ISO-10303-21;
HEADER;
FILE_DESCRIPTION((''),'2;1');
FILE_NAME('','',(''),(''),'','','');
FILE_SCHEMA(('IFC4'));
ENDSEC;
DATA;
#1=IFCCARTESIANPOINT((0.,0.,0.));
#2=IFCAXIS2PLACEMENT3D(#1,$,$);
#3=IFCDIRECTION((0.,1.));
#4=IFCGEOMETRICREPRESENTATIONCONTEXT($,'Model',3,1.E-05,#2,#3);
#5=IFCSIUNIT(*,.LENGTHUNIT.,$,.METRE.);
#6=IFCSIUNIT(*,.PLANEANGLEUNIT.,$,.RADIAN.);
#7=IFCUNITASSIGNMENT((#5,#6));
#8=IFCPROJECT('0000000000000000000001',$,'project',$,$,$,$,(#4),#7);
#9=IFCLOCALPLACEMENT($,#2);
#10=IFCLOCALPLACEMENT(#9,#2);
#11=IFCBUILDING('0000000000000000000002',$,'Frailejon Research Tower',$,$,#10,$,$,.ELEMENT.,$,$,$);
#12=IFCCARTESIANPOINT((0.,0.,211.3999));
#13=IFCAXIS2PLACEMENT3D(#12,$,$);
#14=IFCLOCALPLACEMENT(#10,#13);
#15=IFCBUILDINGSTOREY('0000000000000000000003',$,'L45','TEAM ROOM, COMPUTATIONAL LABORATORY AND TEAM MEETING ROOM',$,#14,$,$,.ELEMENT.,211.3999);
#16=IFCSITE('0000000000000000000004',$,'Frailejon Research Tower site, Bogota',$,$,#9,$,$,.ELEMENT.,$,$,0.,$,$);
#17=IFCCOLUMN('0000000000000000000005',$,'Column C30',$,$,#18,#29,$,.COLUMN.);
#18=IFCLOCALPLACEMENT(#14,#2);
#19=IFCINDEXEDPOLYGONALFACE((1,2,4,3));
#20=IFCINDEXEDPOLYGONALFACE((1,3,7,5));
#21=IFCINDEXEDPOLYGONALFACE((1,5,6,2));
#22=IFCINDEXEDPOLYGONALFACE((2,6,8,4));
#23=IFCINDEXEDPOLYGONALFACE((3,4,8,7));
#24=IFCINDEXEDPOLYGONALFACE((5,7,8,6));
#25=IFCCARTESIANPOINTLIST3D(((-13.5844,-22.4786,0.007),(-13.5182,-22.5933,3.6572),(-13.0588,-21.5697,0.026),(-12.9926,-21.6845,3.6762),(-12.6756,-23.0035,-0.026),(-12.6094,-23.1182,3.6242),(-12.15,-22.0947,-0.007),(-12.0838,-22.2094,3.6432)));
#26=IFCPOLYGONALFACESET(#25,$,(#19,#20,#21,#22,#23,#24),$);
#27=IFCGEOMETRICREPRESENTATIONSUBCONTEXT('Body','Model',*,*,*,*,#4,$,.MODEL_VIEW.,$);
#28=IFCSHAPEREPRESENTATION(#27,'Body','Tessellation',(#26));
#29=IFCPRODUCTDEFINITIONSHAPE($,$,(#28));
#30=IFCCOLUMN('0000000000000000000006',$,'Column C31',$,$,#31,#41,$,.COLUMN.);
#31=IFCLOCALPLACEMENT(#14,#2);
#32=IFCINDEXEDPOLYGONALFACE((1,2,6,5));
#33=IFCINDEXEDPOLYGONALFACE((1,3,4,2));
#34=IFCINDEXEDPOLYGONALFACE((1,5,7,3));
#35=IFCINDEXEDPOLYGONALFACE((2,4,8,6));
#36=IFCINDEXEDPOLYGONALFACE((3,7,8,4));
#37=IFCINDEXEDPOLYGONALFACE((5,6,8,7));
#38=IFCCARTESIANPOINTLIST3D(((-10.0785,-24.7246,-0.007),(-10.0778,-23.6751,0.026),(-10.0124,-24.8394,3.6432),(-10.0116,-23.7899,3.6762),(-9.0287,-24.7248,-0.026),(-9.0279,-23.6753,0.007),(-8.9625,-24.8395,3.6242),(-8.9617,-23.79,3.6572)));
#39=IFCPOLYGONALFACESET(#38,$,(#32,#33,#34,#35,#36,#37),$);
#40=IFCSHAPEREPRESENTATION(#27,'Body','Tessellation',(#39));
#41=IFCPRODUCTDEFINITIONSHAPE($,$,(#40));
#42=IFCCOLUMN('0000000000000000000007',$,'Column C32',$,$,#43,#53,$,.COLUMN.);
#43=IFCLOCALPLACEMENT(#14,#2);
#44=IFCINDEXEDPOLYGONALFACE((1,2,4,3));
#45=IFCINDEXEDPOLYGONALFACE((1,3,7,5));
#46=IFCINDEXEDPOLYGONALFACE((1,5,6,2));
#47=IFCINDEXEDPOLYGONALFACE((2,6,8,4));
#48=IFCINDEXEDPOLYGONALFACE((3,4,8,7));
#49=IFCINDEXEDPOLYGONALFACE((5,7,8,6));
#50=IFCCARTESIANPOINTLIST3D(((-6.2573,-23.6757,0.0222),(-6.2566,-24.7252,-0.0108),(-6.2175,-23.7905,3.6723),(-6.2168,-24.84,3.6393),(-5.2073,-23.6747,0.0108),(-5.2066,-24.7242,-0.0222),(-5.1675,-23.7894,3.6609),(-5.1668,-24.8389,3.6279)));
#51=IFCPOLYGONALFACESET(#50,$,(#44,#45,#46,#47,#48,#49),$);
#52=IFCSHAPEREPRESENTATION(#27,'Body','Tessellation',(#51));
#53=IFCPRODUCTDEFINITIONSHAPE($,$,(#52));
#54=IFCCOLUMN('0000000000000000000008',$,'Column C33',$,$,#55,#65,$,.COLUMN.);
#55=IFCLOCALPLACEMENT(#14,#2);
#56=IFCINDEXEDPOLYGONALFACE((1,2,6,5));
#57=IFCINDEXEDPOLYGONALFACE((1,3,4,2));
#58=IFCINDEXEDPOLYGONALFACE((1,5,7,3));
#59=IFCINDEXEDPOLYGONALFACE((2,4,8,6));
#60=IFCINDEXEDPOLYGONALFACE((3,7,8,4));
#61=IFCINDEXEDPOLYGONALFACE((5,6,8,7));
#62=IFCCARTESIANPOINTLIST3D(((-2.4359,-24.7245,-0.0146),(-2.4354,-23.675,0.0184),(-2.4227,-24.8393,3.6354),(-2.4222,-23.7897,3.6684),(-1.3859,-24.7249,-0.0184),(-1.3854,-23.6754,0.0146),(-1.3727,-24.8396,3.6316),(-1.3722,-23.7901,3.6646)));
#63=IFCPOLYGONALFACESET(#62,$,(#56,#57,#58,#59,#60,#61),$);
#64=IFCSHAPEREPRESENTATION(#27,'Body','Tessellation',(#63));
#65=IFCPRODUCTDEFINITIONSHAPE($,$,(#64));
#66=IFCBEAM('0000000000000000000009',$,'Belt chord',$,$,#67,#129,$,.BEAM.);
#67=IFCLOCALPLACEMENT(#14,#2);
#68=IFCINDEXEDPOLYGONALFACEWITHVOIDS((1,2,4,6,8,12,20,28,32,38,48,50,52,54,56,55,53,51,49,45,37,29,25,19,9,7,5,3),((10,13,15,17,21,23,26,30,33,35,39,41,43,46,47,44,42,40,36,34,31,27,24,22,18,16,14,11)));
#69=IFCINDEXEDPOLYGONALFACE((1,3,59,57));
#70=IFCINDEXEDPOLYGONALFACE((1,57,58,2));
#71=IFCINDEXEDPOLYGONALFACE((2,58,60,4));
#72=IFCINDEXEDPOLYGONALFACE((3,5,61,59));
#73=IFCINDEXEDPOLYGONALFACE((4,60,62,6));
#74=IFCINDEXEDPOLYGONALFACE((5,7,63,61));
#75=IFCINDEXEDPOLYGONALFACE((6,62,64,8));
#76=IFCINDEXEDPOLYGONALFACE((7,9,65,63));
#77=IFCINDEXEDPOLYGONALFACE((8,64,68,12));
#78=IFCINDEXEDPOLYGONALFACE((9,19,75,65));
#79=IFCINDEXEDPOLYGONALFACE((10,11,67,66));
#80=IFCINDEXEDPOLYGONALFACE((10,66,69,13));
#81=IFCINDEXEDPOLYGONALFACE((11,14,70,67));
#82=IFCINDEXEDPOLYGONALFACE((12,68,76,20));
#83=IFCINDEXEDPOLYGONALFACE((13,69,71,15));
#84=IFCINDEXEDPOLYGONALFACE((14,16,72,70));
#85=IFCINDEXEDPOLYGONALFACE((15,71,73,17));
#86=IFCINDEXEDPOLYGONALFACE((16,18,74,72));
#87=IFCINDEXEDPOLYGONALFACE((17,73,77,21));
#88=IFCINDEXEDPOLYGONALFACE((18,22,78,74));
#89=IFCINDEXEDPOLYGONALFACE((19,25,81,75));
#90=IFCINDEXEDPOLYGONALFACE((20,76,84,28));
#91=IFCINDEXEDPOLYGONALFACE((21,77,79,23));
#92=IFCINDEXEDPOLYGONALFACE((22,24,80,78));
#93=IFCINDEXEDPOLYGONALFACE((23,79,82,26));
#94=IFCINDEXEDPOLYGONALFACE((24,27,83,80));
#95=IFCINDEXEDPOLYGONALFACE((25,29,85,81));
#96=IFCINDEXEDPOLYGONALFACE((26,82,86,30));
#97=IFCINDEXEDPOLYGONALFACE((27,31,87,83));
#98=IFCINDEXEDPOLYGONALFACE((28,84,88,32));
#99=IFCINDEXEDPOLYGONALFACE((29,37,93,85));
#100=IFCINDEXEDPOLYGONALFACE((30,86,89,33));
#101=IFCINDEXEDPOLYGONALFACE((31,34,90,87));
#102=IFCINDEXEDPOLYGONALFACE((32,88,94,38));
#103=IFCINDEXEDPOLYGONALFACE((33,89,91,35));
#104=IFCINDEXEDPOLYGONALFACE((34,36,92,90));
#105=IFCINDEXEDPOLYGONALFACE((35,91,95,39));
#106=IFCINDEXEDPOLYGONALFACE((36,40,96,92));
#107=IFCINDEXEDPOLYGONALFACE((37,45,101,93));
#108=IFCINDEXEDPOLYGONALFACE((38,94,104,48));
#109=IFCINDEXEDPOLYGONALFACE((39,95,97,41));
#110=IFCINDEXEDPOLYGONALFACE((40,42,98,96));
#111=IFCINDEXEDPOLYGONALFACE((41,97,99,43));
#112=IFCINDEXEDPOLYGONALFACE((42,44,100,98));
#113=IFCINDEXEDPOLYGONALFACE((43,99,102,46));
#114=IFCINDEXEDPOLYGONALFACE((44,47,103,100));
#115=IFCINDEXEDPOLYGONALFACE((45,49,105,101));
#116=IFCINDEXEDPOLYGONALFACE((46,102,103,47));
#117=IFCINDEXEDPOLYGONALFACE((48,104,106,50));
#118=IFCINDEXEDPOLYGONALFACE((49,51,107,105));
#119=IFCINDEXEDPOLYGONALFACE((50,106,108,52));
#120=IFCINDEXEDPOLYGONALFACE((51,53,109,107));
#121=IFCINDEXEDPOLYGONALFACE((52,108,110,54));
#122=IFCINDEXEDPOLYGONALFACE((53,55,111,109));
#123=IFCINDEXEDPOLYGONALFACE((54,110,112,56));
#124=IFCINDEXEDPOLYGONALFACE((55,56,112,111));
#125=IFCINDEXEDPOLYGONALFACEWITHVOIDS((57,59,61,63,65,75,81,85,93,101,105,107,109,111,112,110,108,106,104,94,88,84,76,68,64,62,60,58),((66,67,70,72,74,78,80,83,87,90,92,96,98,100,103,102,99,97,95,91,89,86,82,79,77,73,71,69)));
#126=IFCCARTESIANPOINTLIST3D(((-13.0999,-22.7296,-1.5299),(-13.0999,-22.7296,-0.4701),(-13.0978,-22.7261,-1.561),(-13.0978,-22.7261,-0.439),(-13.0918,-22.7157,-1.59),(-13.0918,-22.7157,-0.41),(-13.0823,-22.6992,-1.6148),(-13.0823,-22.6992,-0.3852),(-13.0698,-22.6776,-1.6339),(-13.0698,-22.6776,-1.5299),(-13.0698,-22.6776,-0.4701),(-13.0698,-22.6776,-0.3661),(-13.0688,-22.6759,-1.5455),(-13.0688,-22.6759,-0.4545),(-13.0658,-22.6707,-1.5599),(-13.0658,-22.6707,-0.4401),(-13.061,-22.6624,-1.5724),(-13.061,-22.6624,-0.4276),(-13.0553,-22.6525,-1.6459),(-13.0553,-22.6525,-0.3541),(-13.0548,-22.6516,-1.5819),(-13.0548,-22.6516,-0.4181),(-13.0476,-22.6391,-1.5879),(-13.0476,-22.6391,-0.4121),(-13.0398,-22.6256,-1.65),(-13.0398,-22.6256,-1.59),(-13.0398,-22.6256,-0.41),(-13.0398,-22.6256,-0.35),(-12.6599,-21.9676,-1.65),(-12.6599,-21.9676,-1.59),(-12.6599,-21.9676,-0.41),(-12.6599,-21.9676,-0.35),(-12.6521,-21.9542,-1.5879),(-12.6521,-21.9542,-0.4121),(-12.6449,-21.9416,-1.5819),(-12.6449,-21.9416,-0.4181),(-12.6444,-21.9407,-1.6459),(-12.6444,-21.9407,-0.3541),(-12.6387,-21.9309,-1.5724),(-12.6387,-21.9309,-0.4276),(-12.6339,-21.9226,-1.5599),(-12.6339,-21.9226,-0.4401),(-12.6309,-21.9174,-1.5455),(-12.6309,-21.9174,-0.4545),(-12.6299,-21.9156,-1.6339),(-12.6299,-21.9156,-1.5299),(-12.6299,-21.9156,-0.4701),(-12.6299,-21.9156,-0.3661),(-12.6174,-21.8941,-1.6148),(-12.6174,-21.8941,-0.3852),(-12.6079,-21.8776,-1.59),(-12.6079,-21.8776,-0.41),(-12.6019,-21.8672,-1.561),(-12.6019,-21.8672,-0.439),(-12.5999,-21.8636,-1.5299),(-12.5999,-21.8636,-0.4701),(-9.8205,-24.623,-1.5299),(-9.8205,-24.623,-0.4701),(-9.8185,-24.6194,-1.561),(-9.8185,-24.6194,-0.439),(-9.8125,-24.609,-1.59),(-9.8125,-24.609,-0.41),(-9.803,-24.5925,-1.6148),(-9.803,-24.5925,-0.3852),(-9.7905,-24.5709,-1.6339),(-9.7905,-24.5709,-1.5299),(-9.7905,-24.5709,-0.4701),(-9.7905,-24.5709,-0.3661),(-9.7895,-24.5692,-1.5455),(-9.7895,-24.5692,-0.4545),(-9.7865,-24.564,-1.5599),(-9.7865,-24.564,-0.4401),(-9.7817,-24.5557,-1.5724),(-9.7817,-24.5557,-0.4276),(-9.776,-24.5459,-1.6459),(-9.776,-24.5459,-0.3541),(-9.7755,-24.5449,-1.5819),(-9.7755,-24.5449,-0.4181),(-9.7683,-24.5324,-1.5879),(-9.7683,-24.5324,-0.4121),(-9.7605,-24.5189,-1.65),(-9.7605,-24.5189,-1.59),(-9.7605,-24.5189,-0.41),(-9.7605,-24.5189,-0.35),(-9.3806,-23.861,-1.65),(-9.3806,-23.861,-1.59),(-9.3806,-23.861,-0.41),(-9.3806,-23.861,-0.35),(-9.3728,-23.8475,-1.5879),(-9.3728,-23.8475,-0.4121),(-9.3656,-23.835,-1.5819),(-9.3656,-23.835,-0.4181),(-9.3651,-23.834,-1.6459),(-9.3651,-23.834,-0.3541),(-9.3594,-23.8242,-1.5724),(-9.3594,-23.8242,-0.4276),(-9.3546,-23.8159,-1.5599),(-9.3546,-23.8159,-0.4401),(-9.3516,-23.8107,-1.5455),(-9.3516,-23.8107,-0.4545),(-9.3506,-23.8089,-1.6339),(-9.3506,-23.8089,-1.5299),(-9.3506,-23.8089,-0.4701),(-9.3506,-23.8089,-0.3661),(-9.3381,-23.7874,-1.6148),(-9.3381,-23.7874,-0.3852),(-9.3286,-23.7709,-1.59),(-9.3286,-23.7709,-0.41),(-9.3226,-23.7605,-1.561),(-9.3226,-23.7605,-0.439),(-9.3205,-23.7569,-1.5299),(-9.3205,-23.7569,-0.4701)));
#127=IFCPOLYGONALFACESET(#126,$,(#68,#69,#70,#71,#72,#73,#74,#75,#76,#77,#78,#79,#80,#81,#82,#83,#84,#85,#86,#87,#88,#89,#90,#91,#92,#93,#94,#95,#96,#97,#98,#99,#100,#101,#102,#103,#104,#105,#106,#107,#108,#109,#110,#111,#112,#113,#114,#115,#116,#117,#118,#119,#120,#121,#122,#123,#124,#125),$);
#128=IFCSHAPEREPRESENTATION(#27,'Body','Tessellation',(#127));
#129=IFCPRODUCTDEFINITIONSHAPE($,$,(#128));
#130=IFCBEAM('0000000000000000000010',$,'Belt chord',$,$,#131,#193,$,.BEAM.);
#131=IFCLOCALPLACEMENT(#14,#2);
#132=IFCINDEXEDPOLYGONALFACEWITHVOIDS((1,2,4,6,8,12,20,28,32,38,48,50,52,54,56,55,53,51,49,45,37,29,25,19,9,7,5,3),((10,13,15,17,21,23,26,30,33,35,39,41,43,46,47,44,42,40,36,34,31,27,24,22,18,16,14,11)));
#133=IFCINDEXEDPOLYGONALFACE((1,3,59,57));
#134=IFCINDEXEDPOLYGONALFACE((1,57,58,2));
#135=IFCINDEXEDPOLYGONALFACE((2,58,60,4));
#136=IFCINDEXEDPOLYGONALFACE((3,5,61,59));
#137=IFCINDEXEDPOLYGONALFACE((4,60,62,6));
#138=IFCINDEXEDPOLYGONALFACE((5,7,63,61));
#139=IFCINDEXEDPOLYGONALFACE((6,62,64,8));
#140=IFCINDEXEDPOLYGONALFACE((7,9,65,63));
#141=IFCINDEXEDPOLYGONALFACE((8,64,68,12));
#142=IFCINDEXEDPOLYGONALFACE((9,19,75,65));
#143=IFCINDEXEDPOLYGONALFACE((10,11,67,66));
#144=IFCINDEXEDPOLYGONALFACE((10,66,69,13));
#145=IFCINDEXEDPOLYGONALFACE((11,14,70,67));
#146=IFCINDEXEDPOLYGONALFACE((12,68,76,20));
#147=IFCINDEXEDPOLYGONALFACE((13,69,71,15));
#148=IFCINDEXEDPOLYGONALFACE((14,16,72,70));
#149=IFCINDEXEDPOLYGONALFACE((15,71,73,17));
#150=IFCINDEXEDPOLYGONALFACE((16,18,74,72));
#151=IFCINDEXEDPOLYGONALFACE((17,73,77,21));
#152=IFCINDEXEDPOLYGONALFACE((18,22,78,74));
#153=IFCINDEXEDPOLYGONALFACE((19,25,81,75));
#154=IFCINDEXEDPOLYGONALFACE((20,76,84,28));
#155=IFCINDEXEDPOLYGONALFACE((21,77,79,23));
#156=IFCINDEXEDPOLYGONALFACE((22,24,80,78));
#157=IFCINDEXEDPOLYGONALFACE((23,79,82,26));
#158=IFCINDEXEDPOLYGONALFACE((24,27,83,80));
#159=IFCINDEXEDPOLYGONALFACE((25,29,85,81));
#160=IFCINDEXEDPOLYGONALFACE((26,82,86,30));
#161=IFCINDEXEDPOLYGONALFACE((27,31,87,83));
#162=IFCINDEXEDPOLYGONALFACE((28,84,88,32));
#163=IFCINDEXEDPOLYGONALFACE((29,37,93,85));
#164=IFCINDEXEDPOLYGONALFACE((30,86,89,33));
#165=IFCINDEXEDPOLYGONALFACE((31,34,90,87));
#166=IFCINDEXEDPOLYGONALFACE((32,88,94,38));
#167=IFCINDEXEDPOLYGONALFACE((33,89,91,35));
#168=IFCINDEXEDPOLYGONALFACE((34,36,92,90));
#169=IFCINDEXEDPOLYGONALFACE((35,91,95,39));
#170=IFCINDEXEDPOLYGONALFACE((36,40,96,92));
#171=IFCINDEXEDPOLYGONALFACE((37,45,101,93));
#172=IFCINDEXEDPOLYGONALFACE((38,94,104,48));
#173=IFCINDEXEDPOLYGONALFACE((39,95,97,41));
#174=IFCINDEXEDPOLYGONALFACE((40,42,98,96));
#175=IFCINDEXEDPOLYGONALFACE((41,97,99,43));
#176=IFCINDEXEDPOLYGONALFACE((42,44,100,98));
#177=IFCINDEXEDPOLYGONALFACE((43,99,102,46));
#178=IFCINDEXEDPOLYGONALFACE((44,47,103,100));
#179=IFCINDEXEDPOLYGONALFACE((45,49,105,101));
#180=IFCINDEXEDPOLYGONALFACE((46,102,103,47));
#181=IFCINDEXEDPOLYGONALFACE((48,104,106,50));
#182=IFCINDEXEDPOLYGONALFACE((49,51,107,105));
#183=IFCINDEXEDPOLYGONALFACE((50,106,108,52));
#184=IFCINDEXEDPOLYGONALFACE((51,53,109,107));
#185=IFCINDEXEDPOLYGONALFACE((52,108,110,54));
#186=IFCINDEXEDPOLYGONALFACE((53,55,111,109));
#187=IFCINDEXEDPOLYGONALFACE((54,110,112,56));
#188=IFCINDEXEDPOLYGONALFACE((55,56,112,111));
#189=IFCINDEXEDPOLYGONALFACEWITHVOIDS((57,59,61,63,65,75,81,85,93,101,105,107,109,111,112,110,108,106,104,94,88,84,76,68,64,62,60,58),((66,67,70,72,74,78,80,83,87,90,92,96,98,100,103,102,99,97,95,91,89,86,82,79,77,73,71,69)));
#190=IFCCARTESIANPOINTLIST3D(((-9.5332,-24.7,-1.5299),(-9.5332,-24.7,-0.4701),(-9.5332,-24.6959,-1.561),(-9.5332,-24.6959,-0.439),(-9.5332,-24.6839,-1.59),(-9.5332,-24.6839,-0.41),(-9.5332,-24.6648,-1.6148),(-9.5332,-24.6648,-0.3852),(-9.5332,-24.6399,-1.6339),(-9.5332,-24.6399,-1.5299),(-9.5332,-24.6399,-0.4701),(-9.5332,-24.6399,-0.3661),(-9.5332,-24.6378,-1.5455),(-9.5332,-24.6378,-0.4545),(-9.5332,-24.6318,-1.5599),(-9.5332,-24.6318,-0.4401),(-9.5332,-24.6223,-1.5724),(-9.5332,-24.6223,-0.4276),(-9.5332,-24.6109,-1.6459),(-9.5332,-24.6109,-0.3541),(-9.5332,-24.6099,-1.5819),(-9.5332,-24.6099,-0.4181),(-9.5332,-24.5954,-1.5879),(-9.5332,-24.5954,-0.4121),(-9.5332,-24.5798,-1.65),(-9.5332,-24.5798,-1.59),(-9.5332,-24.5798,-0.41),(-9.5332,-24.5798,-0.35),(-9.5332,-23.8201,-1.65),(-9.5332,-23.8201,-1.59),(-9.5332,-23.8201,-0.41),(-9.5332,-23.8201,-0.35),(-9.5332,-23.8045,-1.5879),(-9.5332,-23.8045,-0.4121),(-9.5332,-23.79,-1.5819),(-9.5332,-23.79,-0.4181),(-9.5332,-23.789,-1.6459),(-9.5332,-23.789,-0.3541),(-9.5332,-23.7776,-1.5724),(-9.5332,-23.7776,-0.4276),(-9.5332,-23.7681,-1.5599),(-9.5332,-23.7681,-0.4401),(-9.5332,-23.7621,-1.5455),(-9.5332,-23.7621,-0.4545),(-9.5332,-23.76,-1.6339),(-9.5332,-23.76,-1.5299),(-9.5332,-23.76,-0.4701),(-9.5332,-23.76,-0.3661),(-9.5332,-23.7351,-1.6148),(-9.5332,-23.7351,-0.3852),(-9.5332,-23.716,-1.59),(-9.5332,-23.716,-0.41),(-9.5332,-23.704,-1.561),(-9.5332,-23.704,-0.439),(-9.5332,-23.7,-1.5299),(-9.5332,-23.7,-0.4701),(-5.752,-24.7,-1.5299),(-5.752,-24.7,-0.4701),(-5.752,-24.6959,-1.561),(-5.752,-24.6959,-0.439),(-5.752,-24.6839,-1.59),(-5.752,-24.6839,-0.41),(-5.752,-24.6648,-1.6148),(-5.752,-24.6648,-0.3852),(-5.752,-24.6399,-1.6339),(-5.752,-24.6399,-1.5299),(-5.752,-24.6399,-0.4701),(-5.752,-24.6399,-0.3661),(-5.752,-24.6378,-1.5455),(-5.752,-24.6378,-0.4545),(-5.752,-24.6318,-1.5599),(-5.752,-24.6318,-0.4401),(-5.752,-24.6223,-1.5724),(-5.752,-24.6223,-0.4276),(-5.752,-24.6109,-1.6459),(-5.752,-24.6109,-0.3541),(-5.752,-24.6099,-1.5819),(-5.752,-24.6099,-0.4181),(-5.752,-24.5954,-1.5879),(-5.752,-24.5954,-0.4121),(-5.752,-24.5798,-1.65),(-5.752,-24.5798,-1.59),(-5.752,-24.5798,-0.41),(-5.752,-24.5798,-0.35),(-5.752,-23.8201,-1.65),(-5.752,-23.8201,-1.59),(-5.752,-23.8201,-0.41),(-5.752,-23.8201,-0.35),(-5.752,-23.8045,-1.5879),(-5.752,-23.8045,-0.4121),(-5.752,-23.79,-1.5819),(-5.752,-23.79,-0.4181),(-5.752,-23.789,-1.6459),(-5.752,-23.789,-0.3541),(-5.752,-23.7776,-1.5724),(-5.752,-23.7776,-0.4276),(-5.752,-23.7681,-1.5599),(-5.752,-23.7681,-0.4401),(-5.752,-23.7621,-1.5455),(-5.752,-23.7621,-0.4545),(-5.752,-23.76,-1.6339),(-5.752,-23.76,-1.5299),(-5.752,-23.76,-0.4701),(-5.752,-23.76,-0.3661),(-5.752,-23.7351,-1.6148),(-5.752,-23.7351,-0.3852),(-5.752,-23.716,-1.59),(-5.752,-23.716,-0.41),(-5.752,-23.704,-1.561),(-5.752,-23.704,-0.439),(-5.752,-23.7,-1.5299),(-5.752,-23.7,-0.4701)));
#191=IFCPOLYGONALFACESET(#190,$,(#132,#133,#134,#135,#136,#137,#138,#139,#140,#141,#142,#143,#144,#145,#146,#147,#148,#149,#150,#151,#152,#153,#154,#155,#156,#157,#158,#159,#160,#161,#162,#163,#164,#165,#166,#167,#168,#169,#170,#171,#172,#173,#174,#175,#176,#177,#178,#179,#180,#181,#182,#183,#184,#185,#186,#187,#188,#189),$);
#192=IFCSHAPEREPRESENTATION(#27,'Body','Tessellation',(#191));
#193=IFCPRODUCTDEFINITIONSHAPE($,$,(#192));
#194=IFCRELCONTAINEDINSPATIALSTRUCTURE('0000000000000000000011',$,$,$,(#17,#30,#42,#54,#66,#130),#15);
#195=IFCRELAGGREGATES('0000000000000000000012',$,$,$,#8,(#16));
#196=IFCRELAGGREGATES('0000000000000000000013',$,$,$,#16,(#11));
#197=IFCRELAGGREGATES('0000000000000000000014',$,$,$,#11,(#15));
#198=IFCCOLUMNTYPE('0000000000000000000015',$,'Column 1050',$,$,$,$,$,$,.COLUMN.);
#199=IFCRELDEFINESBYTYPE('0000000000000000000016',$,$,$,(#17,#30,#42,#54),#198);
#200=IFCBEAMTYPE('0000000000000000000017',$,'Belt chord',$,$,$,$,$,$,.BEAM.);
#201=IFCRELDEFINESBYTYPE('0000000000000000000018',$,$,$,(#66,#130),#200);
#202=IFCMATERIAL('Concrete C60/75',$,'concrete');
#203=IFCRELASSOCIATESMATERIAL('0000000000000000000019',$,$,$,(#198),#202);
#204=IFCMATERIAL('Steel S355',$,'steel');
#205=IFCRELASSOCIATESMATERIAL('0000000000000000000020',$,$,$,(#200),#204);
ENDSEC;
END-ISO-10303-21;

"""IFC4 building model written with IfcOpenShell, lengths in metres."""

from ifc_helpers import new_model, si_unit, direction, frame, origin, origin_2d, place, context, subcontext, project, spatial, rectangle, hollow_rectangle, extrude, material, material_profile, profile_set, type_object, element, save


model = new_model("IFC4")

# Units and contexts
model_context = context("Model", 3, precision=1e-05, world=origin(), true_north=direction((0.0, 1.0)))
body_context = subcontext(model_context, "Body", "Model", "MODEL_VIEW")
ifc_project = project(units=[si_unit("LENGTHUNIT", "METRE"), si_unit("PLANEANGLEUNIT", "RADIAN")], contexts=[model_context])

# Site, building, storey
site_placement = place(None, origin())
site = spatial("IfcSite", under=ifc_project, at=site_placement, Name="Frailejon Research Tower site, Bogota", CompositionType="ELEMENT", RefElevation=0.0)
building_placement = place(site_placement, origin())
building = spatial("IfcBuilding", under=site, at=building_placement, Name="Frailejon Research Tower", CompositionType="ELEMENT")
storey_placement = place(building_placement, frame((0.0, 0.0, 211.3999)))
storey = spatial("IfcBuildingStorey", under=building, at=storey_placement, Name="L45", Description="TEAM ROOM, COMPUTATIONAL LABORATORY AND TEAM MEETING ROOM", CompositionType="ELEMENT", Elevation=211.3999)

# Columns
ifc_material_1 = material(Name="Concrete C60/75", Category="concrete")
ifc_material_profile_1 = material_profile(ifc_material_1, rectangle(XDim=1.05, YDim=1.05, at=origin_2d()), Name="Column 1050")
ifc_profile_set_1 = profile_set([ifc_material_profile_1], Name="Concrete C60/75")
column_type = type_object("IfcColumnType", Name="Column 1050", PredefinedType="COLUMN", material=ifc_profile_set_1)
for number, where, z_axis, x_axis, name in (
    (1, (-12.8672, -22.2866, 0.0), (0.018114, -0.031415, 0.999342), (0.86552, -0.499889, -0.031403), "Column C30"),
    (2, (-9.5532, -24.2, 0.0), (0.018114, -0.031415, 0.999342), (0.999836, -0.000157, -0.018128), "Column C31"),
):
    element("IfcColumn", number, at=place(storey_placement, frame(where, z_axis=z_axis, x_axis=x_axis)), inside=storey, type_object=column_type, Name=name, PredefinedType="COLUMN", context=body_context, shape_type="SweptSolid", body=[
        extrude(rectangle(XDim=1.05, YDim=1.05, at=origin_2d()), origin(), (0.0, 0.0, 1.0), 3.6526),
    ])
column_1_placement = place(storey_placement, frame((-5.7319, -24.2, 0.0), z_axis=(0.010896, -0.031419, 0.999447), x_axis=(0.99994, 0.001008, -0.01087)))
element("IfcColumn", 3, at=column_1_placement, inside=storey, type_object=column_type, Name="Column C32", PredefinedType="COLUMN", context=body_context, shape_type="SweptSolid", body=[
    extrude(rectangle(XDim=1.05, YDim=1.05, at=origin_2d()), origin(), (0.0, 0.0, 1.0), 3.6521),
])
column_2_placement = place(storey_placement, frame((-1.9106, -24.2, 0.0), z_axis=(0.00361, -0.03142, 0.9995), x_axis=(0.999993, -0.000341, -0.003623)))
element("IfcColumn", 4, at=column_2_placement, inside=storey, type_object=column_type, Name="Column C33", PredefinedType="COLUMN", context=body_context, shape_type="SweptSolid", body=[
    extrude(rectangle(XDim=1.05, YDim=1.05, at=origin_2d()), origin(), (0.0, 0.0, 1.0), 3.6519),
])

# Beams
ifc_material_2 = material(Name="Steel S355", Category="steel")
ifc_material_profile_2 = material_profile(ifc_material_2, hollow_rectangle(XDim=1.0, YDim=1.3, WallThickness=0.0601, InnerFilletRadius=0.0601, OuterFilletRadius=0.1201, at=origin_2d()), Name="Belt chord")
ifc_profile_set_2 = profile_set([ifc_material_profile_2], Name="Steel S355")
beam_type_1 = type_object("IfcBeamType", Name="Belt chord", PredefinedType="BEAM", material=ifc_profile_set_2)
beam_1_placement = place(storey_placement, frame((-12.8499, -22.2966, -1.0), z_axis=(0.866025, -0.500002, 0.0), x_axis=(0.500002, 0.866025, 0.0)))
element("IfcBeam", 5, at=beam_1_placement, inside=storey, type_object=beam_type_1, Name="Belt chord", PredefinedType="BEAM", context=body_context, shape_type="SweptSolid", body=[
    extrude(hollow_rectangle(XDim=1.0, YDim=1.3, WallThickness=0.0601, InnerFilletRadius=0.0601, OuterFilletRadius=0.1201, at=origin_2d()), origin(), (0.0, 0.0, 1.0), 3.7866),
])
for number, where, z_axis, x_axis, name in (
    (6, (-9.5332, -24.2, -1.0), (1.0, 0.0, 0.0), (0.0, 1.0, 0.0), "Belt chord"),
):
    element("IfcBeam", number, at=place(storey_placement, frame(where, z_axis=z_axis, x_axis=x_axis)), inside=storey, type_object=beam_type_1, Name=name, PredefinedType="BEAM", context=body_context, shape_type="SweptSolid", body=[
        extrude(hollow_rectangle(XDim=1.0, YDim=1.3, WallThickness=0.0601, InnerFilletRadius=0.0601, OuterFilletRadius=0.1201, at=origin_2d()), origin(), (0.0, 0.0, 1.0), 3.7812),
    ])

save(model, "model.ifc")
